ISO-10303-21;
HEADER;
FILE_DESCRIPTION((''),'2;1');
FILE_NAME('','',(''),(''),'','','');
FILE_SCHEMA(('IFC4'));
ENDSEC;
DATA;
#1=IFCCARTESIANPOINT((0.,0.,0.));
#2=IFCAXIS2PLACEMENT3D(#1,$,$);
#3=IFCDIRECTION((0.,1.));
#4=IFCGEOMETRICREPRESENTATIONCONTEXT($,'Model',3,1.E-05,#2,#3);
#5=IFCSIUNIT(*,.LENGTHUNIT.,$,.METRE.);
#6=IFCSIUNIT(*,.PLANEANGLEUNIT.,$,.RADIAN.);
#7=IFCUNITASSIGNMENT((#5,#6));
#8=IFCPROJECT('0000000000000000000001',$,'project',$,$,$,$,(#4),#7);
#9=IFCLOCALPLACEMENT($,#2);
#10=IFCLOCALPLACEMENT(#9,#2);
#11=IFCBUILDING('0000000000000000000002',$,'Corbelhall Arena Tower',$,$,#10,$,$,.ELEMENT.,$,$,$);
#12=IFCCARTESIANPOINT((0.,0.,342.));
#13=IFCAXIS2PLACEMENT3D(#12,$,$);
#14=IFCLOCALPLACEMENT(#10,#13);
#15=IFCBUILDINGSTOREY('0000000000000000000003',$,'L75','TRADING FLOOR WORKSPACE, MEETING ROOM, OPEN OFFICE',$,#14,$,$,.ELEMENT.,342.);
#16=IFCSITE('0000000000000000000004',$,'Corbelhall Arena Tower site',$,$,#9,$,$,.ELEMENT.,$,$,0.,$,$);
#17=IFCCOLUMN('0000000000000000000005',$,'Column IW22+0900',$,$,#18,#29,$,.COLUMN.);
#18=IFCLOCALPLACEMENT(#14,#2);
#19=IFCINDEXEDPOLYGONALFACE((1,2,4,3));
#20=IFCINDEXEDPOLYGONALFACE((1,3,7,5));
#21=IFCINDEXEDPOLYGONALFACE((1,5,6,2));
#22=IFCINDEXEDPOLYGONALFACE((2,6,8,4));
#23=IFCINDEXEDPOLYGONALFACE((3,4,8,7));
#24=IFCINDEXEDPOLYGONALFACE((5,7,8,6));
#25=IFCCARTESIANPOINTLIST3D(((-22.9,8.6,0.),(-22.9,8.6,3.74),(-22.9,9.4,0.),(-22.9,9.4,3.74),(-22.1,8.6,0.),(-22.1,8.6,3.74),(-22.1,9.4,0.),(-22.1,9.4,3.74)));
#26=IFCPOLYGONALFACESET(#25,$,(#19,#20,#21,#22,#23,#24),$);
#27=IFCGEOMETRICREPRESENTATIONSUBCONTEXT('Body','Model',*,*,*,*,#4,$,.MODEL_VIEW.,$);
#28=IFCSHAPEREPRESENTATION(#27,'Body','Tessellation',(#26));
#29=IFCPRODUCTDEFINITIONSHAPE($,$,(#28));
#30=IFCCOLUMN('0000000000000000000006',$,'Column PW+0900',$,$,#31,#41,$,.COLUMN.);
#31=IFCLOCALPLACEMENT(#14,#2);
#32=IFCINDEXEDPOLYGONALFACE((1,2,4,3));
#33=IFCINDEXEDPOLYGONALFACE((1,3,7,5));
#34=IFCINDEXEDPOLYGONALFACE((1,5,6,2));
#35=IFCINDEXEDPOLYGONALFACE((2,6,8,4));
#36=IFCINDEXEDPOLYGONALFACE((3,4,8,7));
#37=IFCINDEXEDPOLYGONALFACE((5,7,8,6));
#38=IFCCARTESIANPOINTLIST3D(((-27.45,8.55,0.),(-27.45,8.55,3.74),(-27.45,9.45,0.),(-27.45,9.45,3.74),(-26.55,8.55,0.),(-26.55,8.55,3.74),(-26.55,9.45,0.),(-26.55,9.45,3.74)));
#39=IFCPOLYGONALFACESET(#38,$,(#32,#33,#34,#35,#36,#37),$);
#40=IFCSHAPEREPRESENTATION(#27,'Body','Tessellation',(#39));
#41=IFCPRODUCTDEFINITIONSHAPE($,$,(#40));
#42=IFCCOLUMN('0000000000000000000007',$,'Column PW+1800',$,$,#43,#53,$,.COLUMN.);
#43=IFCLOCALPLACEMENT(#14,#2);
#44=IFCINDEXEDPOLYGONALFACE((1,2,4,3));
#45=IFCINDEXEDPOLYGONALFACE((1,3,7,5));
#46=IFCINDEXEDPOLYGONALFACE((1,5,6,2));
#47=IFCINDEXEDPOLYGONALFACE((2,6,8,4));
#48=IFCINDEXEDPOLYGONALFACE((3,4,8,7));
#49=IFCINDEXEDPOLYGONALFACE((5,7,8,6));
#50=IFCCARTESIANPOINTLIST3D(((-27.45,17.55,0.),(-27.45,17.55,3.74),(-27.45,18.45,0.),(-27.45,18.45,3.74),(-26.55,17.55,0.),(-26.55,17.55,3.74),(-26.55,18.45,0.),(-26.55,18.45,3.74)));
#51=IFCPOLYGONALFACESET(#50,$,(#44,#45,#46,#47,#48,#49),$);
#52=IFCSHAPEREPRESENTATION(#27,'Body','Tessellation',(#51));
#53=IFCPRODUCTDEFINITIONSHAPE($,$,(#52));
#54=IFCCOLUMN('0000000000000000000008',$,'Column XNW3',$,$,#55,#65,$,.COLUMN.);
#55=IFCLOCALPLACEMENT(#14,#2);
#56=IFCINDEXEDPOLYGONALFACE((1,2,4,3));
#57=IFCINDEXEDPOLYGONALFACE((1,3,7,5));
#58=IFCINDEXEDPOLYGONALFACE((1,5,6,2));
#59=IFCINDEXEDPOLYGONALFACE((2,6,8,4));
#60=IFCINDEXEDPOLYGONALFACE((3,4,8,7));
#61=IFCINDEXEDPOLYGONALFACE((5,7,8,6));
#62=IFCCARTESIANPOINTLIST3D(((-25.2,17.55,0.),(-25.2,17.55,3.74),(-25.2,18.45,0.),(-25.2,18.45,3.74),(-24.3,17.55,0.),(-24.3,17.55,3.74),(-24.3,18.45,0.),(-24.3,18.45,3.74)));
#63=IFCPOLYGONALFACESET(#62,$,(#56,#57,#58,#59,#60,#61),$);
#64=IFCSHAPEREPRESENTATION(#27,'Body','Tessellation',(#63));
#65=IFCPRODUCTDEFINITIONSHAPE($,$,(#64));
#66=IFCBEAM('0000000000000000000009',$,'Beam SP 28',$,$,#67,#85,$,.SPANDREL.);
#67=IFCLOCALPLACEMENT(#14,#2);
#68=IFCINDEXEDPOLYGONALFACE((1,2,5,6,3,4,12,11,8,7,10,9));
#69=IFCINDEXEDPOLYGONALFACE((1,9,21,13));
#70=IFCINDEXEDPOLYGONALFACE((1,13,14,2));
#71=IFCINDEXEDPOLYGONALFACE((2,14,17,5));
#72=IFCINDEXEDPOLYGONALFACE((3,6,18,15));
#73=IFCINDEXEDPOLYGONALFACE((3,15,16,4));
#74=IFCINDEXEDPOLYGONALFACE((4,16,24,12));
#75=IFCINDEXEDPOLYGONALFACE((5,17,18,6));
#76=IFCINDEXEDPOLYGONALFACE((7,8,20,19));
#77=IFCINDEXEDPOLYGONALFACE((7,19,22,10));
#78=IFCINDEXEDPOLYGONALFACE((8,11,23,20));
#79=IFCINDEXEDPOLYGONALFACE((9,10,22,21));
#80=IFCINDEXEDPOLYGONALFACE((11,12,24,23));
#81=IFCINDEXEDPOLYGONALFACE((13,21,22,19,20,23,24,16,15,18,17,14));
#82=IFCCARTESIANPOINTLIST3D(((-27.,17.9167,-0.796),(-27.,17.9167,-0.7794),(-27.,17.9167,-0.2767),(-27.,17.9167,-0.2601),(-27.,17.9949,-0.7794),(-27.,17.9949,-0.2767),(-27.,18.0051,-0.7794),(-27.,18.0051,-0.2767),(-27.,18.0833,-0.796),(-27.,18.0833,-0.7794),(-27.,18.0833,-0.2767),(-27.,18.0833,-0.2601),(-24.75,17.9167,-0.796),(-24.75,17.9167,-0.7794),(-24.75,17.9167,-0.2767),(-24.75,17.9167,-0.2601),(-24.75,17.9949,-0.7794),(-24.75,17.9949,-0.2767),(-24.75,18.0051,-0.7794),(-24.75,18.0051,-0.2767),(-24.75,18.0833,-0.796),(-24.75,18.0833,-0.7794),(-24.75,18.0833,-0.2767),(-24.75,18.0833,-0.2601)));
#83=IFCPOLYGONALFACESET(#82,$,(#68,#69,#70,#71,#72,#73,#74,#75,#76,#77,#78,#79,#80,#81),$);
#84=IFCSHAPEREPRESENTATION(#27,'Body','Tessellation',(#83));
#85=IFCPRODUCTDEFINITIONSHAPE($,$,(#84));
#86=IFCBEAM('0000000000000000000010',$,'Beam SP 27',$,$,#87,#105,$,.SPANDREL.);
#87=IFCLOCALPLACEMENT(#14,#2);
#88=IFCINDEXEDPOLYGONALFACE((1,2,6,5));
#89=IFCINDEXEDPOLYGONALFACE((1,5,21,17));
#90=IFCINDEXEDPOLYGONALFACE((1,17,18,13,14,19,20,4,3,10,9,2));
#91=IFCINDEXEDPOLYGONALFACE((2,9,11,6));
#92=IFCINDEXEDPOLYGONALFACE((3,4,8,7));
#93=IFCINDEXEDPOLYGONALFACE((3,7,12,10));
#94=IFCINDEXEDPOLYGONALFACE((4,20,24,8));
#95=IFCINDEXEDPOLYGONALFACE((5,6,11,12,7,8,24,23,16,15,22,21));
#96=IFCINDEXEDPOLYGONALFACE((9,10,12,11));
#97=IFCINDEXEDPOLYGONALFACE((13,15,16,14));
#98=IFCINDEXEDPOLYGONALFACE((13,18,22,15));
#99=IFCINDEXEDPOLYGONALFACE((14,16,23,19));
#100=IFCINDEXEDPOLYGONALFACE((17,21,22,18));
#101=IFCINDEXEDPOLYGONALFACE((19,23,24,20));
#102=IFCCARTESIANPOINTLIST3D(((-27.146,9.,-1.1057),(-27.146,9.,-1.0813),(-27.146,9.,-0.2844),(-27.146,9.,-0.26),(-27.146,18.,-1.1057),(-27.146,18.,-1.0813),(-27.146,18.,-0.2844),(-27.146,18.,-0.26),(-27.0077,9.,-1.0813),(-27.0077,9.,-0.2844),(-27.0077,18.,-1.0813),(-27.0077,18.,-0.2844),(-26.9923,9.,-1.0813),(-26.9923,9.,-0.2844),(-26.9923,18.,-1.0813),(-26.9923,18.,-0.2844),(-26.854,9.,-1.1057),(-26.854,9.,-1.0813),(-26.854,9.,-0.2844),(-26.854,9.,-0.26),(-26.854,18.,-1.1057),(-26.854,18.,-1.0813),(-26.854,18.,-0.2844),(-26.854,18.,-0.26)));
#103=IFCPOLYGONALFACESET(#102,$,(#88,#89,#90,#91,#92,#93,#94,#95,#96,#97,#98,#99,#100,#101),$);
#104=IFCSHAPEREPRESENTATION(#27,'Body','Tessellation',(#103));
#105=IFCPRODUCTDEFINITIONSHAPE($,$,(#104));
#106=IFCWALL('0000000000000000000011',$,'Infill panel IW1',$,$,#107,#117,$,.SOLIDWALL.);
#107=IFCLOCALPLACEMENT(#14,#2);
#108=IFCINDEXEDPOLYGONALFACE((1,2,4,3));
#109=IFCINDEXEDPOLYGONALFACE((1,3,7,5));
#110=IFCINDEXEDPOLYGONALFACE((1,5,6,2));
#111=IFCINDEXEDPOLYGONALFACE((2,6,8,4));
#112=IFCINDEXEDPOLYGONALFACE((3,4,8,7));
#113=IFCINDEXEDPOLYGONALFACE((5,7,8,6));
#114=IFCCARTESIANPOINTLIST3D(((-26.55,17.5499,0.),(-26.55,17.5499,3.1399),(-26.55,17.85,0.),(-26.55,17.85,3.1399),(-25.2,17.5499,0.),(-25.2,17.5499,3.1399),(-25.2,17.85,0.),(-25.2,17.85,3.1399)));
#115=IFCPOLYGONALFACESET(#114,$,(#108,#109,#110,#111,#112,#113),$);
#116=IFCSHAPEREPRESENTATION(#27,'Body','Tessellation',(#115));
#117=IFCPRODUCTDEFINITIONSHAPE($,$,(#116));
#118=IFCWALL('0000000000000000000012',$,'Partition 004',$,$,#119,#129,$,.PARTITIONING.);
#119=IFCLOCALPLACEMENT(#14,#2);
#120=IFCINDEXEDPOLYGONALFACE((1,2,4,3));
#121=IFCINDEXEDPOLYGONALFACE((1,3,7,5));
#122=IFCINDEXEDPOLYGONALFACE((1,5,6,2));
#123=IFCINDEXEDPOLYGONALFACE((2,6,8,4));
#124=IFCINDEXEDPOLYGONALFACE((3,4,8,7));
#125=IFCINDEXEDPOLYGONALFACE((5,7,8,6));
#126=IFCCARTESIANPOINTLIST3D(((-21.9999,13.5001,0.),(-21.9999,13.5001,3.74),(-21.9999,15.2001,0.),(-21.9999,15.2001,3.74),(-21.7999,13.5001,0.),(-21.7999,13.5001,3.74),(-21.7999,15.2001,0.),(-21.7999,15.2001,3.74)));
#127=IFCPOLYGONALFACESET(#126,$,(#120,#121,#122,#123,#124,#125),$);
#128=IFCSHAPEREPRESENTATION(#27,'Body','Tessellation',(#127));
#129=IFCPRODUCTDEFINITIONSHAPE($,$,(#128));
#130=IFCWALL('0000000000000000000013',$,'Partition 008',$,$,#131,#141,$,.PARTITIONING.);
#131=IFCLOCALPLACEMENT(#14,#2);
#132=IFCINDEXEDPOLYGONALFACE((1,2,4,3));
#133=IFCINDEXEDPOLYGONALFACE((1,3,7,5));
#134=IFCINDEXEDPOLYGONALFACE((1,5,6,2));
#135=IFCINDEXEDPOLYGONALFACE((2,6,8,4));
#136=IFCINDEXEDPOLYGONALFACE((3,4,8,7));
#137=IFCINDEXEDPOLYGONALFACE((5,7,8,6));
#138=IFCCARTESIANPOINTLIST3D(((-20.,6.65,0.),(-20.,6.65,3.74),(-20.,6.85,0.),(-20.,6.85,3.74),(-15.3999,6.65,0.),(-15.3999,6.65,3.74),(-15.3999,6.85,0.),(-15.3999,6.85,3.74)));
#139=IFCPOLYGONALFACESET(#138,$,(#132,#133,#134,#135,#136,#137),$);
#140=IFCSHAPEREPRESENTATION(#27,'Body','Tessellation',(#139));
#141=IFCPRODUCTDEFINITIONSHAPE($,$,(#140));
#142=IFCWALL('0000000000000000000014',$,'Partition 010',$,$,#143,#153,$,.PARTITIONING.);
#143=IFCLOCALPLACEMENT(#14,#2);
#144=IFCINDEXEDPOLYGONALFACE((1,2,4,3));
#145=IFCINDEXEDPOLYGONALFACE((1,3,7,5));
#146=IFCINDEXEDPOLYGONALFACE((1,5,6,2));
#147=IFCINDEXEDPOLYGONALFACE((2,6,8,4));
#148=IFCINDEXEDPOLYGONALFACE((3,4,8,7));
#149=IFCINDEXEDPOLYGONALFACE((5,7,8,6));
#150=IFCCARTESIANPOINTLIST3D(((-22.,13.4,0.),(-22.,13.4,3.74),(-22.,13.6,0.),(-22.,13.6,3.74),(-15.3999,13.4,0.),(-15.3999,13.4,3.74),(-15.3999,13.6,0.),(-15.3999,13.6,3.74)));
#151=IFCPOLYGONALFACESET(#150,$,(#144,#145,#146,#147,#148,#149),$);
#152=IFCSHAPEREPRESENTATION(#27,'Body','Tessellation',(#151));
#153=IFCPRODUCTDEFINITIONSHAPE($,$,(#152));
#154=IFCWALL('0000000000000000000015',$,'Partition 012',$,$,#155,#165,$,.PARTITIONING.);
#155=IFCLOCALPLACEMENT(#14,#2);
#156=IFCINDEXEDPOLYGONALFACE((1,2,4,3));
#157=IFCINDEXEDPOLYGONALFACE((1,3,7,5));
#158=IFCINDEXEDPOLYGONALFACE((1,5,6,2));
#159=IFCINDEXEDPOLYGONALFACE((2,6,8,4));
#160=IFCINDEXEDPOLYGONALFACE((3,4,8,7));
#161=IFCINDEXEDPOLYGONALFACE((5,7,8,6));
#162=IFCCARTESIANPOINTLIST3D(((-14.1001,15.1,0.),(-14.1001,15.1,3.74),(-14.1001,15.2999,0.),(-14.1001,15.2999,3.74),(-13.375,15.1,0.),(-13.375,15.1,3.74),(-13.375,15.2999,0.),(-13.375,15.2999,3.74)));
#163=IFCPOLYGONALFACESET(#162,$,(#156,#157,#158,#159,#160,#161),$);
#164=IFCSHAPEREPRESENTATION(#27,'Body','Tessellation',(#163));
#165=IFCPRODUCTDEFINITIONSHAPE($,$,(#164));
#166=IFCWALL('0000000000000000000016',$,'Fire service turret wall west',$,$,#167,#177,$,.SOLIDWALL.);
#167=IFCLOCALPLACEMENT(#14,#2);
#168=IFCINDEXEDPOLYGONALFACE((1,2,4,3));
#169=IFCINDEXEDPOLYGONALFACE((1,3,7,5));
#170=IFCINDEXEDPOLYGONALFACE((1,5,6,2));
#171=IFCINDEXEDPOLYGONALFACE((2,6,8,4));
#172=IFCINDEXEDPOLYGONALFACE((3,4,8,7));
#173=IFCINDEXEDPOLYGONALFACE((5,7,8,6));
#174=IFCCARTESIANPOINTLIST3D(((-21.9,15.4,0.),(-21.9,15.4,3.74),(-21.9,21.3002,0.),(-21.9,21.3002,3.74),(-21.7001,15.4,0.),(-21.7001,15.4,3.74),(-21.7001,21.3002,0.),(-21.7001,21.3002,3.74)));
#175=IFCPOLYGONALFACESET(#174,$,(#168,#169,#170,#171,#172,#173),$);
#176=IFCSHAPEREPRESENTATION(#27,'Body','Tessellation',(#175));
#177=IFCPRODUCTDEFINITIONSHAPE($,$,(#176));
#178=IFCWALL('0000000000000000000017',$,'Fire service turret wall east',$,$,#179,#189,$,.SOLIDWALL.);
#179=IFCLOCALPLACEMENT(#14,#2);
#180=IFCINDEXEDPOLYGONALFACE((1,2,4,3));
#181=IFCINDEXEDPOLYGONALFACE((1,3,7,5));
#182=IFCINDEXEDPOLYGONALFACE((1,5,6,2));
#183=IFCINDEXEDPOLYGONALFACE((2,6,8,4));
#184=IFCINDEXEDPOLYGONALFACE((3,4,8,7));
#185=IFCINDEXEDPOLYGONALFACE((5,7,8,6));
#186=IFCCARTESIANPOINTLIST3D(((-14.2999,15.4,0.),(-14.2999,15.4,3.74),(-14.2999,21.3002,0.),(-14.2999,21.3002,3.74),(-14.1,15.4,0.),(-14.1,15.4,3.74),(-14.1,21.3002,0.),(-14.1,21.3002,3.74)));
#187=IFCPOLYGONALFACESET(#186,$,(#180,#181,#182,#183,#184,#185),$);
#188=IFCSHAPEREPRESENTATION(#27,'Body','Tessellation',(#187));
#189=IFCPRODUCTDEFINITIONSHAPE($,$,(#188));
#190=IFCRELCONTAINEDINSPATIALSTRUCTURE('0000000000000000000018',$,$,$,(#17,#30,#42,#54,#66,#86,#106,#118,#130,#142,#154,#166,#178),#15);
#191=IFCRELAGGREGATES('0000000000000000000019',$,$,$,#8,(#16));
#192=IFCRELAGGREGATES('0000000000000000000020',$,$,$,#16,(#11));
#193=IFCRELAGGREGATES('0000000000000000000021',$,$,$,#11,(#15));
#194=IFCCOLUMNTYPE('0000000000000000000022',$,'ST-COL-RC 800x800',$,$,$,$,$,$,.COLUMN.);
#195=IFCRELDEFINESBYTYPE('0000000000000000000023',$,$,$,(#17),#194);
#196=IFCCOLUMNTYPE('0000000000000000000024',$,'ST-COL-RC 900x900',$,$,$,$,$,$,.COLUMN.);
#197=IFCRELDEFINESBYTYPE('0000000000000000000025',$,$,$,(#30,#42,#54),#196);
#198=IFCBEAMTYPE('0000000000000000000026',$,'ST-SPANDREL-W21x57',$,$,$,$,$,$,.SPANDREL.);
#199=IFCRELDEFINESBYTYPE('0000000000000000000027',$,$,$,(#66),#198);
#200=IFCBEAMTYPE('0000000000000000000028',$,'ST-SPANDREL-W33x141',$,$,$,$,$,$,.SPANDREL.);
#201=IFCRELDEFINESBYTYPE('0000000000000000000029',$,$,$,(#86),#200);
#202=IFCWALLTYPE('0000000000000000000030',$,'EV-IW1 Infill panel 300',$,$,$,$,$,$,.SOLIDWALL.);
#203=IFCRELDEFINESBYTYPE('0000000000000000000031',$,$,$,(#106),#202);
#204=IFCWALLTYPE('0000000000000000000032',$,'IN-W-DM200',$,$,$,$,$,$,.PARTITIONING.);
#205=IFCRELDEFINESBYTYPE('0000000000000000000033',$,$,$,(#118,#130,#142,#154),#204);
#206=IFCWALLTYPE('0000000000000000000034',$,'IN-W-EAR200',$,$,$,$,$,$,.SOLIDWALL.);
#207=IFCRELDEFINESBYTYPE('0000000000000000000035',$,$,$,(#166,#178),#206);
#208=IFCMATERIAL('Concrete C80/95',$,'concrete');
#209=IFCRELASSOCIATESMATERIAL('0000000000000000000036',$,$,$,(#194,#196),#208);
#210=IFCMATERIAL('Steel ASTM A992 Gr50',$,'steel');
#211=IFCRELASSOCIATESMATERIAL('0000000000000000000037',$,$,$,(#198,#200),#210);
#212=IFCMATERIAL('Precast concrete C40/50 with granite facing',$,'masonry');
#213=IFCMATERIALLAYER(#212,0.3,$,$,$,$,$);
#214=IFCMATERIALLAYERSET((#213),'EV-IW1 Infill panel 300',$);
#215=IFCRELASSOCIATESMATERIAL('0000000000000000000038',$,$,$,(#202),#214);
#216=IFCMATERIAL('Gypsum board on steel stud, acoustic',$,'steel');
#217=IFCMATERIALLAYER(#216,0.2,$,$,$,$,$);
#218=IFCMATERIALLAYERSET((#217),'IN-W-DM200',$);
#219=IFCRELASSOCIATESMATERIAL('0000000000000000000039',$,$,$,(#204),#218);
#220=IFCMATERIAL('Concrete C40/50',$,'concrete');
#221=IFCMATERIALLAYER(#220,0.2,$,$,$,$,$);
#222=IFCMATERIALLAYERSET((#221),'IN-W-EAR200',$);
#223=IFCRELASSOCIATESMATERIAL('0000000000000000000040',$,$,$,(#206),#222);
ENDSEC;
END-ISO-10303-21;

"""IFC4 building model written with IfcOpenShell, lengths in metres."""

from ifc_helpers import new_model, si_unit, direction, frame, frame_2d, origin, origin_2d, place, context, subcontext, project, spatial, rectangle, i_section, extrude, material, layer, layer_set, material_profile, profile_set, type_object, element, save


model = new_model("IFC4")

# Units and contexts
model_context = context("Model", 3, precision=1e-05, world=origin(), true_north=direction((0.0, 1.0)))
body_context = subcontext(model_context, "Body", "Model", "MODEL_VIEW")
ifc_project = project(units=[si_unit("LENGTHUNIT", "METRE"), si_unit("PLANEANGLEUNIT", "RADIAN")], contexts=[model_context])

# Site, building, storey
site_placement = place(None, origin())
site = spatial("IfcSite", under=ifc_project, at=site_placement, Name="Corbelhall Arena Tower site", CompositionType="ELEMENT", RefElevation=0.0)
building_placement = place(site_placement, origin())
building = spatial("IfcBuilding", under=site, at=building_placement, Name="Corbelhall Arena Tower", CompositionType="ELEMENT")
storey_placement = place(building_placement, frame((0.0, 0.0, 342.0)))
storey = spatial("IfcBuildingStorey", under=building, at=storey_placement, Name="L75", Description="TRADING FLOOR WORKSPACE, MEETING ROOM, OPEN OFFICE", CompositionType="ELEMENT", Elevation=342.0)

# Columns
ifc_material_1 = material(Name="Concrete C80/95", Category="concrete")
ifc_material_profile_1 = material_profile(ifc_material_1, rectangle(XDim=0.8, YDim=0.8, at=origin_2d()))
ifc_profile_set_1 = profile_set([ifc_material_profile_1], Name="Concrete C80/95")
column_type_1 = type_object("IfcColumnType", Name="ST-COL-RC 800x800", PredefinedType="COLUMN", material=ifc_profile_set_1)
column_placement = place(storey_placement, frame((-22.5, 9.0, 0.0), z_axis=(0.0, 0.0, 1.0), x_axis=(1.0, 0.0, 0.0)))
element("IfcColumn", 1, at=column_placement, inside=storey, type_object=column_type_1, Name="Column IW22+0900", PredefinedType="COLUMN", context=body_context, shape_type="SweptSolid", body=[
    extrude(rectangle(XDim=0.8, YDim=0.8, at=origin_2d()), origin(), (0.0, 0.0, 1.0), 3.74),
])
ifc_material_profile_2 = material_profile(ifc_material_1, rectangle(XDim=0.8999, YDim=0.8999, at=origin_2d()))
ifc_profile_set_2 = profile_set([ifc_material_profile_2], Name="Concrete C80/95")
column_type_2 = type_object("IfcColumnType", Name="ST-COL-RC 900x900", PredefinedType="COLUMN", material=ifc_profile_set_2)
for number, where, z_axis, x_axis, name in (
    (2, (-27.0, 9.0, 0.0), (0.0, 0.0, 1.0), (0.0, 1.0, 0.0), "Column PW+0900"),
    (3, (-27.0, 18.0, 0.0), (0.0, 0.0, 1.0), (0.0, 1.0, 0.0), "Column PW+1800"),
    (4, (-24.75, 18.0, 0.0), (0.0, 0.0, 1.0), (1.0, 0.0, 0.0), "Column XNW3"),
):
    element("IfcColumn", number, at=place(storey_placement, frame(where, z_axis=z_axis, x_axis=x_axis)), inside=storey, type_object=column_type_2, Name=name, PredefinedType="COLUMN", context=body_context, shape_type="SweptSolid", body=[
        extrude(rectangle(XDim=0.8999, YDim=0.8999, at=origin_2d()), origin(), (0.0, 0.0, 1.0), 3.74),
    ])

# Beams
ifc_material_2 = material(Name="Steel ASTM A992 Gr50", Category="steel")
ifc_material_profile_3 = material_profile(ifc_material_2, i_section(OverallWidth=0.1665, OverallDepth=0.5359, WebThickness=0.0103, FlangeThickness=0.0166, at=origin_2d()))
ifc_profile_set_3 = profile_set([ifc_material_profile_3], Name="Steel ASTM A992 Gr50")
beam_type_1 = type_object("IfcBeamType", Name="ST-SPANDREL-W21x57", PredefinedType="SPANDREL", material=ifc_profile_set_3)
beam_1_placement = place(storey_placement, frame((-27.0, 18.0, -0.5281), z_axis=(1.0, 0.0, 0.0), x_axis=(0.0, 1.0, 0.0)))
element("IfcBeam", 5, at=beam_1_placement, inside=storey, type_object=beam_type_1, Name="Beam SP 28", PredefinedType="SPANDREL", context=body_context, shape_type="SweptSolid", body=[
    extrude(i_section(OverallWidth=0.1665, OverallDepth=0.5359, WebThickness=0.0103, FlangeThickness=0.0166, at=origin_2d()), origin(), (0.0, 0.0, 1.0), 2.25),
])
ifc_material_profile_4 = material_profile(ifc_material_2, i_section(OverallWidth=0.292, OverallDepth=0.8457, WebThickness=0.0154, FlangeThickness=0.0244, at=origin_2d()))
ifc_profile_set_4 = profile_set([ifc_material_profile_4], Name="Steel ASTM A992 Gr50")
beam_type_2 = type_object("IfcBeamType", Name="ST-SPANDREL-W33x141", PredefinedType="SPANDREL", material=ifc_profile_set_4)
beam_2_placement = place(storey_placement, frame((-27.0, 9.0, -0.6829), z_axis=(0.0, 1.0, 0.0), x_axis=(-1.0, 0.0, 0.0)))
element("IfcBeam", 6, at=beam_2_placement, inside=storey, type_object=beam_type_2, Name="Beam SP 27", PredefinedType="SPANDREL", context=body_context, shape_type="SweptSolid", body=[
    extrude(i_section(OverallWidth=0.292, OverallDepth=0.8457, WebThickness=0.0154, FlangeThickness=0.0244, at=origin_2d()), origin(), (0.0, 0.0, 1.0), 9.0),
])

# Wall
ifc_material_3 = material(Name="Precast concrete C40/50 with granite facing", Category="masonry")
ifc_layer_1 = layer(ifc_material_3, 0.3)
ifc_layer_set_1 = layer_set([ifc_layer_1], Name="EV-IW1 Infill panel 300")
wall_type_1 = type_object("IfcWallType", Name="EV-IW1 Infill panel 300", PredefinedType="SOLIDWALL", material=ifc_layer_set_1)
wall_1_placement = place(storey_placement, frame((-25.2, 17.7, 0.0), z_axis=(0.0, 0.0, 1.0), x_axis=(-1.0, 0.0, 0.0)))
element("IfcWall", 7, at=wall_1_placement, inside=storey, type_object=wall_type_1, Name="Infill panel IW1", PredefinedType="SOLIDWALL", context=body_context, shape_type="SweptSolid", body=[
    extrude(rectangle(XDim=1.3501, YDim=0.3, at=frame_2d((0.675, 0.0))), origin(), (0.0, 0.0, 1.0), 3.1399),
])

# Walls
ifc_material_4 = material(Name="Gypsum board on steel stud, acoustic", Category="steel")
ifc_layer_2 = layer(ifc_material_4, 0.2)
ifc_layer_set_2 = layer_set([ifc_layer_2], Name="IN-W-DM200")
wall_type_2 = type_object("IfcWallType", Name="IN-W-DM200", PredefinedType="PARTITIONING", material=ifc_layer_set_2)
wall_2_placement = place(storey_placement, frame((-21.8999, 13.5, 0.0), z_axis=(0.0, 0.0, 1.0), x_axis=(0.0, 1.0, 0.0)))
element("IfcWall", 8, at=wall_2_placement, inside=storey, type_object=wall_type_2, Name="Partition 004", PredefinedType="PARTITIONING", context=body_context, shape_type="SweptSolid", body=[
    extrude(rectangle(XDim=1.7, YDim=0.2, at=frame_2d((0.8501, 0.0))), origin(), (0.0, 0.0, 1.0), 3.74),
])
wall_3_placement = place(storey_placement, frame((-20.0, 6.75, 0.0), z_axis=(0.0, 0.0, 1.0), x_axis=(1.0, 0.0, 0.0)))
element("IfcWall", 9, at=wall_3_placement, inside=storey, type_object=wall_type_2, Name="Partition 008", PredefinedType="PARTITIONING", context=body_context, shape_type="SweptSolid", body=[
    extrude(rectangle(XDim=4.6001, YDim=0.2, at=frame_2d((2.3, 0.0))), origin(), (0.0, 0.0, 1.0), 3.74),
])
wall_4_placement = place(storey_placement, frame((-15.3999, 13.5, 0.0), z_axis=(0.0, 0.0, 1.0), x_axis=(-1.0, 0.0, 0.0)))
element("IfcWall", 10, at=wall_4_placement, inside=storey, type_object=wall_type_2, Name="Partition 010", PredefinedType="PARTITIONING", context=body_context, shape_type="SweptSolid", body=[
    extrude(rectangle(XDim=6.6001, YDim=0.2, at=frame_2d((3.3, 0.0))), origin(), (0.0, 0.0, 1.0), 3.74),
])
wall_5_placement = place(storey_placement, frame((-14.1001, 15.2, 0.0), z_axis=(0.0, 0.0, 1.0), x_axis=(1.0, 0.0, 0.0)))
element("IfcWall", 11, at=wall_5_placement, inside=storey, type_object=wall_type_2, Name="Partition 012", PredefinedType="PARTITIONING", context=body_context, shape_type="SweptSolid", body=[
    extrude(rectangle(XDim=0.7251, YDim=0.2, at=frame_2d((0.3625, 0.0))), origin(), (0.0, 0.0, 1.0), 3.74),
])

# Shared definitions
ifc_material_5 = material(Name="Concrete C40/50", Category="concrete")
ifc_layer_3 = layer(ifc_material_5, 0.2)
ifc_layer_set_3 = layer_set([ifc_layer_3], Name="IN-W-EAR200")
wall_type_3 = type_object("IfcWallType", Name="IN-W-EAR200", PredefinedType="SOLIDWALL", material=ifc_layer_set_3)

# Walls
for number, where, z_axis, x_axis, name in (
    (12, (-21.8, 15.3999, 0.0), (0.0, 0.0, 1.0), (0.0, 1.0, 0.0), "Fire service turret wall west"),
    (13, (-14.2, 15.3999, 0.0), (0.0, 0.0, 1.0), (0.0, 1.0, 0.0), "Fire service turret wall east"),
):
    element("IfcWall", number, at=place(storey_placement, frame(where, z_axis=z_axis, x_axis=x_axis)), inside=storey, type_object=wall_type_3, Name=name, PredefinedType="SOLIDWALL", context=body_context, shape_type="SweptSolid", body=[
        extrude(rectangle(XDim=5.9001, YDim=0.2, at=frame_2d((2.9502, 0.0))), origin(), (0.0, 0.0, 1.0), 3.74),
    ])

save(model, "model.ifc")
